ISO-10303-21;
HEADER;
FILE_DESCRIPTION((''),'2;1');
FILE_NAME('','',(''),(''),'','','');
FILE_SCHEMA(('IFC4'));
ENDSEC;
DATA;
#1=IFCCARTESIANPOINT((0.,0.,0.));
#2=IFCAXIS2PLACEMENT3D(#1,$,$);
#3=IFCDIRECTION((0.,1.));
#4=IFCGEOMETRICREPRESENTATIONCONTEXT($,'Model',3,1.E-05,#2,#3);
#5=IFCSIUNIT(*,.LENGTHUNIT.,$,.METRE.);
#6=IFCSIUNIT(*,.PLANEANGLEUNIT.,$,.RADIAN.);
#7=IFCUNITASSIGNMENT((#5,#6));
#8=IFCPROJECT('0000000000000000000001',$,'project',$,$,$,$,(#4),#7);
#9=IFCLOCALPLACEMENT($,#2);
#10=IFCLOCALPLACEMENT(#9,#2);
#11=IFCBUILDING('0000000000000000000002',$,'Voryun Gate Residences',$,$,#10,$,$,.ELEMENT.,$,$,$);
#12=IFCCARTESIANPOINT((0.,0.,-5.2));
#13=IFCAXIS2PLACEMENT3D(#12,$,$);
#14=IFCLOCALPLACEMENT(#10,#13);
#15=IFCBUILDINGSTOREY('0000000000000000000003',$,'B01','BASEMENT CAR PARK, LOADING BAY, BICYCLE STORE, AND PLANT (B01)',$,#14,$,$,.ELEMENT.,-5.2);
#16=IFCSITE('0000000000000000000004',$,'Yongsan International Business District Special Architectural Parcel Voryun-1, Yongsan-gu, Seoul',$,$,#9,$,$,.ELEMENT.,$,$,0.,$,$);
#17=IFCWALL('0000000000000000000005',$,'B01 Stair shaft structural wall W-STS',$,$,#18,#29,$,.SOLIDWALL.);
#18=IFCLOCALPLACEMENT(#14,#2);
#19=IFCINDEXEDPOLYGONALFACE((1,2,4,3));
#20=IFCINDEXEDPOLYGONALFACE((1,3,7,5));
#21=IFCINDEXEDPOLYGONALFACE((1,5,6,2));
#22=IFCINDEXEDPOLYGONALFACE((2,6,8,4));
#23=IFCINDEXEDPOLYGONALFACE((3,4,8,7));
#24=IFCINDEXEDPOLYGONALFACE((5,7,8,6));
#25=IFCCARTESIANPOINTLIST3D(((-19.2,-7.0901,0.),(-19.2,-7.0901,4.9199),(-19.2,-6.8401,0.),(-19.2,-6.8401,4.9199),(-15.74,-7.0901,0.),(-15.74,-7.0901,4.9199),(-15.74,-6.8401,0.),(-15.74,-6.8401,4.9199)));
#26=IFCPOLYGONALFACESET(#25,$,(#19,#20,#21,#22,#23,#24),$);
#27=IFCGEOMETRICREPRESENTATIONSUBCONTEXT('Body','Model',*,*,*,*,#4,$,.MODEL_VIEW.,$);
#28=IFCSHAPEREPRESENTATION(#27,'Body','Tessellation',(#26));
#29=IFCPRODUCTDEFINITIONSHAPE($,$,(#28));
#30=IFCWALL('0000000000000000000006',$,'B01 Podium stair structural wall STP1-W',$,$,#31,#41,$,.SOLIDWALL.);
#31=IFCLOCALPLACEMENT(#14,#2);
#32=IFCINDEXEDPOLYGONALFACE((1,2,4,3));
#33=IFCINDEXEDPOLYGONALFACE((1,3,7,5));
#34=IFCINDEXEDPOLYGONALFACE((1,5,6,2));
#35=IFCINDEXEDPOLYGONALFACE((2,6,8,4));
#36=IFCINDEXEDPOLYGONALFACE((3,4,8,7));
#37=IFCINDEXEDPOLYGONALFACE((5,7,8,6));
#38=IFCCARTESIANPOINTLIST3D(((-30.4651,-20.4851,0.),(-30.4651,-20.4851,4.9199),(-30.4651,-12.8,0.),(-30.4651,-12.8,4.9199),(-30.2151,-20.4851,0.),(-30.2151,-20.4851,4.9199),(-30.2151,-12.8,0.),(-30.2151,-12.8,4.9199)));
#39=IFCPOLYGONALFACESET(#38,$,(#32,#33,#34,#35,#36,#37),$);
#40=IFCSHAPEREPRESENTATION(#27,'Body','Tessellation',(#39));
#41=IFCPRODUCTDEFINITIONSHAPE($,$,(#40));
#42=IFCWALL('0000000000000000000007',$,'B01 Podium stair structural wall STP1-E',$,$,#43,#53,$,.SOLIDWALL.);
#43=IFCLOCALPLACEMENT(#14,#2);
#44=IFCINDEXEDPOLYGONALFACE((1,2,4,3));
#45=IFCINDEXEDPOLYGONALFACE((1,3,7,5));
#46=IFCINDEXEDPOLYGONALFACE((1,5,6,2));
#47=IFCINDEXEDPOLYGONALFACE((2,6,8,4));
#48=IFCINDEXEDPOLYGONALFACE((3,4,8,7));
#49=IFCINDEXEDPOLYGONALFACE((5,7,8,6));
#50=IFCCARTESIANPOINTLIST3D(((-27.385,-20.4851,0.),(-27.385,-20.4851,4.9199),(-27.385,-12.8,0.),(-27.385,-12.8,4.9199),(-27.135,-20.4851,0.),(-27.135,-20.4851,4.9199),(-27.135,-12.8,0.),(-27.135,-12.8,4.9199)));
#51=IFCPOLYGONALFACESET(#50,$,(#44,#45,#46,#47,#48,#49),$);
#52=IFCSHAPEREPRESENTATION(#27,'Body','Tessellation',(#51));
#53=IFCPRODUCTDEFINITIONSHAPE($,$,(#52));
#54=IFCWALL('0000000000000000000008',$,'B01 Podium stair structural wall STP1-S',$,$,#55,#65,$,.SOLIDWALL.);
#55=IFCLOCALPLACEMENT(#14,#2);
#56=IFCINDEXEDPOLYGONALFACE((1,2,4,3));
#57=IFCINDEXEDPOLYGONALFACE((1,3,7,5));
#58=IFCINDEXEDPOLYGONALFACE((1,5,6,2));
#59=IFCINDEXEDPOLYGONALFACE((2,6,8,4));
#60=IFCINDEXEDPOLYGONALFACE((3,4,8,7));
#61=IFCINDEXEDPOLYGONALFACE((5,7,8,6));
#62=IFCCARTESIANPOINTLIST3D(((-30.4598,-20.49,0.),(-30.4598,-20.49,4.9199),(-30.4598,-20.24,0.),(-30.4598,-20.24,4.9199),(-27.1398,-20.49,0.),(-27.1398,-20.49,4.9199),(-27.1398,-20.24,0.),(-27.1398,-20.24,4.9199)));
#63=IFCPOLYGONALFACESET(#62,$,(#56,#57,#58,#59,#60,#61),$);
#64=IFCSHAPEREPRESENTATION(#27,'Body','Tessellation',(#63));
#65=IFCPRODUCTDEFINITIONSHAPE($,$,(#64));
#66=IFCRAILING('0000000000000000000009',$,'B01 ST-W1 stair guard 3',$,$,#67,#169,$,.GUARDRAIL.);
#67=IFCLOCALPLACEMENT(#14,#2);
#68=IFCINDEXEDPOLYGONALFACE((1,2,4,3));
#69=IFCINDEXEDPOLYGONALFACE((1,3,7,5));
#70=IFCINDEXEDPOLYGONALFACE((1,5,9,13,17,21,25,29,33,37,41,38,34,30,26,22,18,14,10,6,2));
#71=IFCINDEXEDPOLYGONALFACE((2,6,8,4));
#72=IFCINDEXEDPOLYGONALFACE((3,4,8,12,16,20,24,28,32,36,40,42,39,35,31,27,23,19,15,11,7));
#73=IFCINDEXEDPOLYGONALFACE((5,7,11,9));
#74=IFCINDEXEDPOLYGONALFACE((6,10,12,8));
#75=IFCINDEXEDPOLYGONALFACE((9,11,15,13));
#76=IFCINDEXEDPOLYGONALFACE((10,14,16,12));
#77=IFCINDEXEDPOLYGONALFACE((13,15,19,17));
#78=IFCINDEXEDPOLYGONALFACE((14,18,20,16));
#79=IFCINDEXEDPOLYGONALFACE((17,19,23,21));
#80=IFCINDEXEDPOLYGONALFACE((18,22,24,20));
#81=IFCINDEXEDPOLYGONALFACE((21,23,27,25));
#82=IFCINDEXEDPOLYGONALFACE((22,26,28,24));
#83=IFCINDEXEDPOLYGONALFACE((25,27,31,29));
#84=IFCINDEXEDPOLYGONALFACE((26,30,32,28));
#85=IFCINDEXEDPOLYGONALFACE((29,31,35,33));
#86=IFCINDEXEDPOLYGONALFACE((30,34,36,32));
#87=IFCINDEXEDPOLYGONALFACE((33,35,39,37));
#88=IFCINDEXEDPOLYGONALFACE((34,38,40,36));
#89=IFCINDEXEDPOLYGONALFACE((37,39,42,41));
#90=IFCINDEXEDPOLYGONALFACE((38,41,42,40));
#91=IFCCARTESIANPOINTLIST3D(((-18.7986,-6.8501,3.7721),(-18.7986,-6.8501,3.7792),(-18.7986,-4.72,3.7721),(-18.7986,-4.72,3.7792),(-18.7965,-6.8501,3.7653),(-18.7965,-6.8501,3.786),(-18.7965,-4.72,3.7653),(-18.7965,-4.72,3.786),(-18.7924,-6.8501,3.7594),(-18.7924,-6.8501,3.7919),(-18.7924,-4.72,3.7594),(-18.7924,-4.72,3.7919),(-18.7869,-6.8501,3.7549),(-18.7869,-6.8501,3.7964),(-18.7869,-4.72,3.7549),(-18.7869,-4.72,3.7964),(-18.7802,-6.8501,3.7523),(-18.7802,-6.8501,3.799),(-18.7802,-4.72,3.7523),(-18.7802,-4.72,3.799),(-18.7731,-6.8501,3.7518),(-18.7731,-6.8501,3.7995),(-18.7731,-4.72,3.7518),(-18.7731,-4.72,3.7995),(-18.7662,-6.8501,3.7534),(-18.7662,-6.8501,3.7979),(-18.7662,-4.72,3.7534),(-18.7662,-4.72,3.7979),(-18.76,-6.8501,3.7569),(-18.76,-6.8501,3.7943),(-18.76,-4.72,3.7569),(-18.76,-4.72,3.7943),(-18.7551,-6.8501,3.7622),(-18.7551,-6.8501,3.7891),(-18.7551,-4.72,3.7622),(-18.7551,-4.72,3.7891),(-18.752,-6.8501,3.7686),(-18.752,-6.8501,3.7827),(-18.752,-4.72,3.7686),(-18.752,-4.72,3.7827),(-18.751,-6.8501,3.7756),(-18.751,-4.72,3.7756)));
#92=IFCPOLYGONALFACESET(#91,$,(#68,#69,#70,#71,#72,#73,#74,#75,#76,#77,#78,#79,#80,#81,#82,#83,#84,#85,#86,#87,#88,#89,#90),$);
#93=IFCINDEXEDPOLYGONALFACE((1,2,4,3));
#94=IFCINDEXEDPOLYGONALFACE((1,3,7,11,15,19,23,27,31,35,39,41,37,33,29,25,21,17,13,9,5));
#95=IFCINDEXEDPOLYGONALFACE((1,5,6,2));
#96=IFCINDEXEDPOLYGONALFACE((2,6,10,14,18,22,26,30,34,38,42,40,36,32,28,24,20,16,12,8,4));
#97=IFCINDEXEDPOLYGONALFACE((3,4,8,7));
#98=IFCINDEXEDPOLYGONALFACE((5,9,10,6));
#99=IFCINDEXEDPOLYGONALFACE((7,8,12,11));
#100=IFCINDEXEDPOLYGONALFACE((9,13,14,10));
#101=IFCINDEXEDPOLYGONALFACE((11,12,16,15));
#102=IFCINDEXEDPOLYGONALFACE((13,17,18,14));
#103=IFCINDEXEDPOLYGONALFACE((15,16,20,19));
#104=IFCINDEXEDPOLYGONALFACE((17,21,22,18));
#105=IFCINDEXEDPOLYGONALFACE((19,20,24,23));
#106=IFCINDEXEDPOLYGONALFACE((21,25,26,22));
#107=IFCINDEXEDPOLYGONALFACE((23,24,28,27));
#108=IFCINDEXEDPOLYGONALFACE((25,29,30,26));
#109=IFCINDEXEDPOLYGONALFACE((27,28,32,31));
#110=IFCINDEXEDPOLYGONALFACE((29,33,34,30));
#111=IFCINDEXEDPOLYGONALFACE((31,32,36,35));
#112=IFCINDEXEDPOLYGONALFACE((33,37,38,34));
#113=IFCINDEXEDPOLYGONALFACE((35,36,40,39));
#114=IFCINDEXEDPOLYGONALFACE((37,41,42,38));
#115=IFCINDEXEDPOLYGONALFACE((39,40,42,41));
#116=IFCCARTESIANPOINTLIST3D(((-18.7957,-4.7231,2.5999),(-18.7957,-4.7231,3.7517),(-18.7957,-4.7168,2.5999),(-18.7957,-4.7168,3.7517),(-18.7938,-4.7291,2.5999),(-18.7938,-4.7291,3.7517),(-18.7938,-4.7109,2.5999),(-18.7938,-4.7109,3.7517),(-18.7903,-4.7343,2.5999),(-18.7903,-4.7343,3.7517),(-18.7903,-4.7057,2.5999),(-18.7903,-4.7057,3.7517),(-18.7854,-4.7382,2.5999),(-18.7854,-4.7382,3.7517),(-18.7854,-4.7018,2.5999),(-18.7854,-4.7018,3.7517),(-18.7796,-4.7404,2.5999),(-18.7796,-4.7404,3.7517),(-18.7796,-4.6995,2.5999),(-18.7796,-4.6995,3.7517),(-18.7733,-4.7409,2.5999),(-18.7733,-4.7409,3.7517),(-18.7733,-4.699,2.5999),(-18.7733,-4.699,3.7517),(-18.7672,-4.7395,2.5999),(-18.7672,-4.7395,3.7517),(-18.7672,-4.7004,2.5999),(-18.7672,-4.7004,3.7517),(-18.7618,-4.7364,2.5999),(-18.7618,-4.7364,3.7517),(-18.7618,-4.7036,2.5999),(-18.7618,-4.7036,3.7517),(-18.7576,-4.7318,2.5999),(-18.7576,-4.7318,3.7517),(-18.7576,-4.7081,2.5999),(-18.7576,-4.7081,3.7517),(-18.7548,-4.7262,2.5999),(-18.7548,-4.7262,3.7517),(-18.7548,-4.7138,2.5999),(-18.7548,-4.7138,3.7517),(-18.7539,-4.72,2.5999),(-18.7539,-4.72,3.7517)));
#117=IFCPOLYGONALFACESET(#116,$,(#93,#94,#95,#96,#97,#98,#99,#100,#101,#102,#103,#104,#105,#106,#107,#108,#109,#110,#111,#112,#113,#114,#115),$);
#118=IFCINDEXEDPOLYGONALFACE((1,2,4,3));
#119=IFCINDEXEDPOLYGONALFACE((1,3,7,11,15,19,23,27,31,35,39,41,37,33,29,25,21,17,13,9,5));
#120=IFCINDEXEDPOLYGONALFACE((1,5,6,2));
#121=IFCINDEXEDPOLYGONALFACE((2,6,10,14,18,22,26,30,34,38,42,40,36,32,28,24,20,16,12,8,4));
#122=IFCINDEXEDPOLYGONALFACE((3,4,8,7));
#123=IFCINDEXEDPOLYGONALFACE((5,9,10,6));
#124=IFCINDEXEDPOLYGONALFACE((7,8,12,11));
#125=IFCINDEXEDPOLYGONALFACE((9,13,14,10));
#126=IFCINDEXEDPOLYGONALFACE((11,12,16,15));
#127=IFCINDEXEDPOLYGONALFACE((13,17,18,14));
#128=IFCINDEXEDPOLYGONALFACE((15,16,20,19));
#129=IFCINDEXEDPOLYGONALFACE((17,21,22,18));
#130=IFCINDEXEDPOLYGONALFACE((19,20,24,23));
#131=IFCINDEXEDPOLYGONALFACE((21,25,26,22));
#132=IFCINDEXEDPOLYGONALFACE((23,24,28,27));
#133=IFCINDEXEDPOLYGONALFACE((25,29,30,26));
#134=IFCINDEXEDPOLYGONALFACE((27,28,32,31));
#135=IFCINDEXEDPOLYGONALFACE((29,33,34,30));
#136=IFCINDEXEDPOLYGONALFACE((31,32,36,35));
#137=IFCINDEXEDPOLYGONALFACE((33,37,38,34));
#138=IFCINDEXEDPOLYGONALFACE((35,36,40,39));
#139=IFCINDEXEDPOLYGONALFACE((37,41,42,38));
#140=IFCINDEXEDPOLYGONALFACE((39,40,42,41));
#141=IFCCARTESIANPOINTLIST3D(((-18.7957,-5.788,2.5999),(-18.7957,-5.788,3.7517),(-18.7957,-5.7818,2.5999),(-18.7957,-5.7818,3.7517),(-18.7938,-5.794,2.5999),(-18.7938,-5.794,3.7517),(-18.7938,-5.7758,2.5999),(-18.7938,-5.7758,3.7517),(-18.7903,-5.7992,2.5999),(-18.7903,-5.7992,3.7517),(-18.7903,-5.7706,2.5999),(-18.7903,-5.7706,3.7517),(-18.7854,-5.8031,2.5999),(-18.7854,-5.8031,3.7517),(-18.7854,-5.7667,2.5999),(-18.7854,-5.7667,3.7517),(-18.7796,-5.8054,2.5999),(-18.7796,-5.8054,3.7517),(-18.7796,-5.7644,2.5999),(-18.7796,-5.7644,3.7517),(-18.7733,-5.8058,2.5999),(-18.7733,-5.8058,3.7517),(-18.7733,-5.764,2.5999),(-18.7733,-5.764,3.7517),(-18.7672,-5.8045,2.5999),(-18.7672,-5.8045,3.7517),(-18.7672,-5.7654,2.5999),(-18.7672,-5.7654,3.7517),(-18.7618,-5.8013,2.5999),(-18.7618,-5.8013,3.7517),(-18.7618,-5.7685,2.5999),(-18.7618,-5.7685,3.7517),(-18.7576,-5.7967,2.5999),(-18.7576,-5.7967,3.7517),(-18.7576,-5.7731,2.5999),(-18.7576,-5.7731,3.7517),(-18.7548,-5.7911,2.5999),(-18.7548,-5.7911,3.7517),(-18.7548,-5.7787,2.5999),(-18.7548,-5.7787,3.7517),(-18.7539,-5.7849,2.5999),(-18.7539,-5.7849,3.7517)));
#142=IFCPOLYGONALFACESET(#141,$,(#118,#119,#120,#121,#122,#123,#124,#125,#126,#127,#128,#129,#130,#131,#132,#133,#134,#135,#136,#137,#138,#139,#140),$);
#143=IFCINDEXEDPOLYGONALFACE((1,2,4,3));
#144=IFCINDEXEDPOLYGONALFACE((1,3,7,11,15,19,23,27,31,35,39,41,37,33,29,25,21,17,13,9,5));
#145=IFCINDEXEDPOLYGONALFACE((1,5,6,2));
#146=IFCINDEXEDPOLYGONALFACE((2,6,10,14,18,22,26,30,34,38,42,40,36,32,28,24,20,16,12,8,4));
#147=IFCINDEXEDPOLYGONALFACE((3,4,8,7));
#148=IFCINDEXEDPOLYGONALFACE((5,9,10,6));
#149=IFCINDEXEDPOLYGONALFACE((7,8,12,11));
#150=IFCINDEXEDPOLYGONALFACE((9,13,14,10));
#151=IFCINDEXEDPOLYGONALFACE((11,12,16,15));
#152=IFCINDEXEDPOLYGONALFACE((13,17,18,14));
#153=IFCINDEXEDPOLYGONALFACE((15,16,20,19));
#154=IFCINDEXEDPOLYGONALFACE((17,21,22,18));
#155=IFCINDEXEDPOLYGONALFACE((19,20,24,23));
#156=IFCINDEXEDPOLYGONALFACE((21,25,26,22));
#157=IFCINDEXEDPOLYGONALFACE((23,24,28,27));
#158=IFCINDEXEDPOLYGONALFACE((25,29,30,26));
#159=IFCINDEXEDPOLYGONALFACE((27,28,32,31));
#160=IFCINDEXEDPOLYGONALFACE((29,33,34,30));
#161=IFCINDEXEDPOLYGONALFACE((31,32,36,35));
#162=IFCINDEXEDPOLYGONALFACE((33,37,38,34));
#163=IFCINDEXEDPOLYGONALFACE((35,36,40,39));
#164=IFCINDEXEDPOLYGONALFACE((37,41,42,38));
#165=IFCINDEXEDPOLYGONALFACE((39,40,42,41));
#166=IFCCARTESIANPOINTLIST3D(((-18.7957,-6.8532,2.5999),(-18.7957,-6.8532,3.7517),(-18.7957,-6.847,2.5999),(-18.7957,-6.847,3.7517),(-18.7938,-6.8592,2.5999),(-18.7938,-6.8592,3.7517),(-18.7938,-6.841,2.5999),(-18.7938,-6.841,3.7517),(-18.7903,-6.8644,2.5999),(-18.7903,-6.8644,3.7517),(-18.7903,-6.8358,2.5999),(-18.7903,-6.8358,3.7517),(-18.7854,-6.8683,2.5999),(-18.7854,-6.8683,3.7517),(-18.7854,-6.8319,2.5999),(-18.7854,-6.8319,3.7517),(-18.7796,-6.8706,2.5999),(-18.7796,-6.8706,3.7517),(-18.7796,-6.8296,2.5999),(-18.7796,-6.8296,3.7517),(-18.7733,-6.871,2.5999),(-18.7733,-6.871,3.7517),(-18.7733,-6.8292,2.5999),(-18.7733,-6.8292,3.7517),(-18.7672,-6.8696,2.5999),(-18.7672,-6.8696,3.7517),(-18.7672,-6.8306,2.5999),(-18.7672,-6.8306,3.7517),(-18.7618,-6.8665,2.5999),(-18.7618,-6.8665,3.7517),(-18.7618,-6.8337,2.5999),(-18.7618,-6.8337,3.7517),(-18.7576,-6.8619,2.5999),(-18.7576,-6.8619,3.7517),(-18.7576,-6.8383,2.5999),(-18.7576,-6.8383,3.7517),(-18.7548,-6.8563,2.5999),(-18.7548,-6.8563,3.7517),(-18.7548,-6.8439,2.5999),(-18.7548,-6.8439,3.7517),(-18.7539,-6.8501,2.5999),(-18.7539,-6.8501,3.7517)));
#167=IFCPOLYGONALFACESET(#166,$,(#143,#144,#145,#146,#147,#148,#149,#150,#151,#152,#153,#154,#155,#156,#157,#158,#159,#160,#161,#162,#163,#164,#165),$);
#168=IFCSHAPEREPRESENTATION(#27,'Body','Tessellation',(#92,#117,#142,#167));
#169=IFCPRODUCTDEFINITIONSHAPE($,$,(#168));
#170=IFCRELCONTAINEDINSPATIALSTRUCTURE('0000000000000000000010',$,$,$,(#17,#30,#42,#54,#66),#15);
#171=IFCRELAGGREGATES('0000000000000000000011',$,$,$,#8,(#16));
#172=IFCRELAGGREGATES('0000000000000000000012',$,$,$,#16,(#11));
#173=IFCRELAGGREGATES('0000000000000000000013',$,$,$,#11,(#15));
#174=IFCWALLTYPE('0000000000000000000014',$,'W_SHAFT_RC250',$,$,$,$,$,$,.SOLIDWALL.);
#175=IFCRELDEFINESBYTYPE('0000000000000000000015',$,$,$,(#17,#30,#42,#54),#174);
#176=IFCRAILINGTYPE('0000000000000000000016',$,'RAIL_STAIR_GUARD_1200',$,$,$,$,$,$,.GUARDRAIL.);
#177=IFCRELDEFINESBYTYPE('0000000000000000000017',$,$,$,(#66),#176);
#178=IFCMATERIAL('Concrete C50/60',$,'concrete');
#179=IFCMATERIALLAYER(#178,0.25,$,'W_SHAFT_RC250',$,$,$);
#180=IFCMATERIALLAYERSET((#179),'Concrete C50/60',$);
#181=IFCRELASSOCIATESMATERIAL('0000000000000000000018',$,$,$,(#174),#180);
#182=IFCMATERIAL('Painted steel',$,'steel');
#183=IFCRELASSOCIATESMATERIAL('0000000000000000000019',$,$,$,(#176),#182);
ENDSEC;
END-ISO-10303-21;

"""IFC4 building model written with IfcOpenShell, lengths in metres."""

from ifc_helpers import new_model, si_unit, direction, frame, frame_2d, origin, origin_2d, place, context, subcontext, project, spatial, rectangle, circle, extrude, material, layer, layer_set, type_object, element, save


model = new_model("IFC4")

# Units and contexts
model_context = context("Model", 3, precision=1e-05, world=origin(), true_north=direction((0.0, 1.0)))
body_context = subcontext(model_context, "Body", "Model", "MODEL_VIEW")
ifc_project = project(units=[si_unit("LENGTHUNIT", "METRE"), si_unit("PLANEANGLEUNIT", "RADIAN")], contexts=[model_context])

# Site, building, storey
site_placement = place(None, origin())
site = spatial("IfcSite", under=ifc_project, at=site_placement, Name="Yongsan International Business District Special Architectural Parcel Voryun-1, Yongsan-gu, Seoul", CompositionType="ELEMENT", RefElevation=0.0)
building_placement = place(site_placement, origin())
building = spatial("IfcBuilding", under=site, at=building_placement, Name="Voryun Gate Residences", CompositionType="ELEMENT")
storey_placement = place(building_placement, frame((0.0, 0.0, -5.2)))
storey = spatial("IfcBuildingStorey", under=building, at=storey_placement, Name="B01", Description="BASEMENT CAR PARK, LOADING BAY, BICYCLE STORE, AND PLANT (B01)", CompositionType="ELEMENT", Elevation=-5.2)

# Walls
ifc_material_1 = material(Name="Concrete C50/60", Category="concrete")
ifc_layer_1 = layer(ifc_material_1, 0.25, Name="W_SHAFT_RC250")
ifc_layer_set_1 = layer_set([ifc_layer_1], Name="Concrete C50/60")
wall_type_1 = type_object("IfcWallType", Name="W_SHAFT_RC250", PredefinedType="SOLIDWALL", material=ifc_layer_set_1)
wall_1_placement = place(storey_placement, frame((-19.2, -6.9651, 0.0), z_axis=(0.0, 0.0, 1.0), x_axis=(1.0, 0.0, 0.0)))
element("IfcWall", 1, at=wall_1_placement, inside=storey, type_object=wall_type_1, Name="B01 Stair shaft structural wall W-STS", PredefinedType="SOLIDWALL", context=body_context, shape_type="SweptSolid", body=[
    extrude(rectangle(XDim=3.46, YDim=0.25, at=frame_2d((1.73, 0.0))), origin(), (0.0, 0.0, 1.0), 4.9199),
])
for number, where, z_axis, x_axis, name in (
    (2, (-30.3401, -20.4851, 0.0), (0.0, 0.0, 1.0), (0.0, 1.0, 0.0), "B01 Podium stair structural wall STP1-W"),
    (3, (-27.26, -20.4851, 0.0), (0.0, 0.0, 1.0), (0.0, 1.0, 0.0), "B01 Podium stair structural wall STP1-E"),
):
    element("IfcWall", number, at=place(storey_placement, frame(where, z_axis=z_axis, x_axis=x_axis)), inside=storey, type_object=wall_type_1, Name=name, PredefinedType="SOLIDWALL", context=body_context, shape_type="SweptSolid", body=[
        extrude(rectangle(XDim=7.6851, YDim=0.25, at=frame_2d((3.8425, 0.0))), origin(), (0.0, 0.0, 1.0), 4.9199),
    ])
wall_2_placement = place(storey_placement, frame((-30.46, -20.365, 0.0), z_axis=(0.0, 0.0, 1.0), x_axis=(1.0, 0.0, 0.0)))
element("IfcWall", 4, at=wall_2_placement, inside=storey, type_object=wall_type_1, Name="B01 Podium stair structural wall STP1-S", PredefinedType="SOLIDWALL", context=body_context, shape_type="SweptSolid", body=[
    extrude(rectangle(XDim=3.3201, YDim=0.25, at=frame_2d((1.6602, 0.0))), origin(), (0.0, 0.0, 1.0), 4.9199),
])

# Railing
ifc_material_2 = material(Name="Painted steel", Category="steel")
railing_type = type_object("IfcRailingType", Name="RAIL_STAIR_GUARD_1200", PredefinedType="GUARDRAIL", material=ifc_material_2)
railing_1_placement = place(storey_placement, frame((-18.7749, -4.72, 2.5999)))
element("IfcRailing", 5, at=railing_1_placement, inside=storey, type_object=railing_type, Name="B01 ST-W1 stair guard 3", PredefinedType="GUARDRAIL", context=body_context, shape_type="SweptSolid", body=[
    extrude(circle(Radius=0.0239, at=origin_2d()), frame((0.0, 0.0, 1.1758), z_axis=(0.0, -1.0, 0.0), x_axis=(1.0, 0.0, 0.0)), (0.0, 0.0, 1.0), 2.1301),
    extrude(circle(Radius=0.021, at=origin_2d()), origin(), (0.0, 0.0, 1.0), 1.1519),
    extrude(circle(Radius=0.021, at=origin_2d()), frame((0.0, -1.0649, 0.0)), (0.0, 0.0, 1.0), 1.1519),
    extrude(circle(Radius=0.021, at=origin_2d()), frame((0.0, -2.1301, 0.0)), (0.0, 0.0, 1.0), 1.1519),
])

save(model, "model.ifc")
